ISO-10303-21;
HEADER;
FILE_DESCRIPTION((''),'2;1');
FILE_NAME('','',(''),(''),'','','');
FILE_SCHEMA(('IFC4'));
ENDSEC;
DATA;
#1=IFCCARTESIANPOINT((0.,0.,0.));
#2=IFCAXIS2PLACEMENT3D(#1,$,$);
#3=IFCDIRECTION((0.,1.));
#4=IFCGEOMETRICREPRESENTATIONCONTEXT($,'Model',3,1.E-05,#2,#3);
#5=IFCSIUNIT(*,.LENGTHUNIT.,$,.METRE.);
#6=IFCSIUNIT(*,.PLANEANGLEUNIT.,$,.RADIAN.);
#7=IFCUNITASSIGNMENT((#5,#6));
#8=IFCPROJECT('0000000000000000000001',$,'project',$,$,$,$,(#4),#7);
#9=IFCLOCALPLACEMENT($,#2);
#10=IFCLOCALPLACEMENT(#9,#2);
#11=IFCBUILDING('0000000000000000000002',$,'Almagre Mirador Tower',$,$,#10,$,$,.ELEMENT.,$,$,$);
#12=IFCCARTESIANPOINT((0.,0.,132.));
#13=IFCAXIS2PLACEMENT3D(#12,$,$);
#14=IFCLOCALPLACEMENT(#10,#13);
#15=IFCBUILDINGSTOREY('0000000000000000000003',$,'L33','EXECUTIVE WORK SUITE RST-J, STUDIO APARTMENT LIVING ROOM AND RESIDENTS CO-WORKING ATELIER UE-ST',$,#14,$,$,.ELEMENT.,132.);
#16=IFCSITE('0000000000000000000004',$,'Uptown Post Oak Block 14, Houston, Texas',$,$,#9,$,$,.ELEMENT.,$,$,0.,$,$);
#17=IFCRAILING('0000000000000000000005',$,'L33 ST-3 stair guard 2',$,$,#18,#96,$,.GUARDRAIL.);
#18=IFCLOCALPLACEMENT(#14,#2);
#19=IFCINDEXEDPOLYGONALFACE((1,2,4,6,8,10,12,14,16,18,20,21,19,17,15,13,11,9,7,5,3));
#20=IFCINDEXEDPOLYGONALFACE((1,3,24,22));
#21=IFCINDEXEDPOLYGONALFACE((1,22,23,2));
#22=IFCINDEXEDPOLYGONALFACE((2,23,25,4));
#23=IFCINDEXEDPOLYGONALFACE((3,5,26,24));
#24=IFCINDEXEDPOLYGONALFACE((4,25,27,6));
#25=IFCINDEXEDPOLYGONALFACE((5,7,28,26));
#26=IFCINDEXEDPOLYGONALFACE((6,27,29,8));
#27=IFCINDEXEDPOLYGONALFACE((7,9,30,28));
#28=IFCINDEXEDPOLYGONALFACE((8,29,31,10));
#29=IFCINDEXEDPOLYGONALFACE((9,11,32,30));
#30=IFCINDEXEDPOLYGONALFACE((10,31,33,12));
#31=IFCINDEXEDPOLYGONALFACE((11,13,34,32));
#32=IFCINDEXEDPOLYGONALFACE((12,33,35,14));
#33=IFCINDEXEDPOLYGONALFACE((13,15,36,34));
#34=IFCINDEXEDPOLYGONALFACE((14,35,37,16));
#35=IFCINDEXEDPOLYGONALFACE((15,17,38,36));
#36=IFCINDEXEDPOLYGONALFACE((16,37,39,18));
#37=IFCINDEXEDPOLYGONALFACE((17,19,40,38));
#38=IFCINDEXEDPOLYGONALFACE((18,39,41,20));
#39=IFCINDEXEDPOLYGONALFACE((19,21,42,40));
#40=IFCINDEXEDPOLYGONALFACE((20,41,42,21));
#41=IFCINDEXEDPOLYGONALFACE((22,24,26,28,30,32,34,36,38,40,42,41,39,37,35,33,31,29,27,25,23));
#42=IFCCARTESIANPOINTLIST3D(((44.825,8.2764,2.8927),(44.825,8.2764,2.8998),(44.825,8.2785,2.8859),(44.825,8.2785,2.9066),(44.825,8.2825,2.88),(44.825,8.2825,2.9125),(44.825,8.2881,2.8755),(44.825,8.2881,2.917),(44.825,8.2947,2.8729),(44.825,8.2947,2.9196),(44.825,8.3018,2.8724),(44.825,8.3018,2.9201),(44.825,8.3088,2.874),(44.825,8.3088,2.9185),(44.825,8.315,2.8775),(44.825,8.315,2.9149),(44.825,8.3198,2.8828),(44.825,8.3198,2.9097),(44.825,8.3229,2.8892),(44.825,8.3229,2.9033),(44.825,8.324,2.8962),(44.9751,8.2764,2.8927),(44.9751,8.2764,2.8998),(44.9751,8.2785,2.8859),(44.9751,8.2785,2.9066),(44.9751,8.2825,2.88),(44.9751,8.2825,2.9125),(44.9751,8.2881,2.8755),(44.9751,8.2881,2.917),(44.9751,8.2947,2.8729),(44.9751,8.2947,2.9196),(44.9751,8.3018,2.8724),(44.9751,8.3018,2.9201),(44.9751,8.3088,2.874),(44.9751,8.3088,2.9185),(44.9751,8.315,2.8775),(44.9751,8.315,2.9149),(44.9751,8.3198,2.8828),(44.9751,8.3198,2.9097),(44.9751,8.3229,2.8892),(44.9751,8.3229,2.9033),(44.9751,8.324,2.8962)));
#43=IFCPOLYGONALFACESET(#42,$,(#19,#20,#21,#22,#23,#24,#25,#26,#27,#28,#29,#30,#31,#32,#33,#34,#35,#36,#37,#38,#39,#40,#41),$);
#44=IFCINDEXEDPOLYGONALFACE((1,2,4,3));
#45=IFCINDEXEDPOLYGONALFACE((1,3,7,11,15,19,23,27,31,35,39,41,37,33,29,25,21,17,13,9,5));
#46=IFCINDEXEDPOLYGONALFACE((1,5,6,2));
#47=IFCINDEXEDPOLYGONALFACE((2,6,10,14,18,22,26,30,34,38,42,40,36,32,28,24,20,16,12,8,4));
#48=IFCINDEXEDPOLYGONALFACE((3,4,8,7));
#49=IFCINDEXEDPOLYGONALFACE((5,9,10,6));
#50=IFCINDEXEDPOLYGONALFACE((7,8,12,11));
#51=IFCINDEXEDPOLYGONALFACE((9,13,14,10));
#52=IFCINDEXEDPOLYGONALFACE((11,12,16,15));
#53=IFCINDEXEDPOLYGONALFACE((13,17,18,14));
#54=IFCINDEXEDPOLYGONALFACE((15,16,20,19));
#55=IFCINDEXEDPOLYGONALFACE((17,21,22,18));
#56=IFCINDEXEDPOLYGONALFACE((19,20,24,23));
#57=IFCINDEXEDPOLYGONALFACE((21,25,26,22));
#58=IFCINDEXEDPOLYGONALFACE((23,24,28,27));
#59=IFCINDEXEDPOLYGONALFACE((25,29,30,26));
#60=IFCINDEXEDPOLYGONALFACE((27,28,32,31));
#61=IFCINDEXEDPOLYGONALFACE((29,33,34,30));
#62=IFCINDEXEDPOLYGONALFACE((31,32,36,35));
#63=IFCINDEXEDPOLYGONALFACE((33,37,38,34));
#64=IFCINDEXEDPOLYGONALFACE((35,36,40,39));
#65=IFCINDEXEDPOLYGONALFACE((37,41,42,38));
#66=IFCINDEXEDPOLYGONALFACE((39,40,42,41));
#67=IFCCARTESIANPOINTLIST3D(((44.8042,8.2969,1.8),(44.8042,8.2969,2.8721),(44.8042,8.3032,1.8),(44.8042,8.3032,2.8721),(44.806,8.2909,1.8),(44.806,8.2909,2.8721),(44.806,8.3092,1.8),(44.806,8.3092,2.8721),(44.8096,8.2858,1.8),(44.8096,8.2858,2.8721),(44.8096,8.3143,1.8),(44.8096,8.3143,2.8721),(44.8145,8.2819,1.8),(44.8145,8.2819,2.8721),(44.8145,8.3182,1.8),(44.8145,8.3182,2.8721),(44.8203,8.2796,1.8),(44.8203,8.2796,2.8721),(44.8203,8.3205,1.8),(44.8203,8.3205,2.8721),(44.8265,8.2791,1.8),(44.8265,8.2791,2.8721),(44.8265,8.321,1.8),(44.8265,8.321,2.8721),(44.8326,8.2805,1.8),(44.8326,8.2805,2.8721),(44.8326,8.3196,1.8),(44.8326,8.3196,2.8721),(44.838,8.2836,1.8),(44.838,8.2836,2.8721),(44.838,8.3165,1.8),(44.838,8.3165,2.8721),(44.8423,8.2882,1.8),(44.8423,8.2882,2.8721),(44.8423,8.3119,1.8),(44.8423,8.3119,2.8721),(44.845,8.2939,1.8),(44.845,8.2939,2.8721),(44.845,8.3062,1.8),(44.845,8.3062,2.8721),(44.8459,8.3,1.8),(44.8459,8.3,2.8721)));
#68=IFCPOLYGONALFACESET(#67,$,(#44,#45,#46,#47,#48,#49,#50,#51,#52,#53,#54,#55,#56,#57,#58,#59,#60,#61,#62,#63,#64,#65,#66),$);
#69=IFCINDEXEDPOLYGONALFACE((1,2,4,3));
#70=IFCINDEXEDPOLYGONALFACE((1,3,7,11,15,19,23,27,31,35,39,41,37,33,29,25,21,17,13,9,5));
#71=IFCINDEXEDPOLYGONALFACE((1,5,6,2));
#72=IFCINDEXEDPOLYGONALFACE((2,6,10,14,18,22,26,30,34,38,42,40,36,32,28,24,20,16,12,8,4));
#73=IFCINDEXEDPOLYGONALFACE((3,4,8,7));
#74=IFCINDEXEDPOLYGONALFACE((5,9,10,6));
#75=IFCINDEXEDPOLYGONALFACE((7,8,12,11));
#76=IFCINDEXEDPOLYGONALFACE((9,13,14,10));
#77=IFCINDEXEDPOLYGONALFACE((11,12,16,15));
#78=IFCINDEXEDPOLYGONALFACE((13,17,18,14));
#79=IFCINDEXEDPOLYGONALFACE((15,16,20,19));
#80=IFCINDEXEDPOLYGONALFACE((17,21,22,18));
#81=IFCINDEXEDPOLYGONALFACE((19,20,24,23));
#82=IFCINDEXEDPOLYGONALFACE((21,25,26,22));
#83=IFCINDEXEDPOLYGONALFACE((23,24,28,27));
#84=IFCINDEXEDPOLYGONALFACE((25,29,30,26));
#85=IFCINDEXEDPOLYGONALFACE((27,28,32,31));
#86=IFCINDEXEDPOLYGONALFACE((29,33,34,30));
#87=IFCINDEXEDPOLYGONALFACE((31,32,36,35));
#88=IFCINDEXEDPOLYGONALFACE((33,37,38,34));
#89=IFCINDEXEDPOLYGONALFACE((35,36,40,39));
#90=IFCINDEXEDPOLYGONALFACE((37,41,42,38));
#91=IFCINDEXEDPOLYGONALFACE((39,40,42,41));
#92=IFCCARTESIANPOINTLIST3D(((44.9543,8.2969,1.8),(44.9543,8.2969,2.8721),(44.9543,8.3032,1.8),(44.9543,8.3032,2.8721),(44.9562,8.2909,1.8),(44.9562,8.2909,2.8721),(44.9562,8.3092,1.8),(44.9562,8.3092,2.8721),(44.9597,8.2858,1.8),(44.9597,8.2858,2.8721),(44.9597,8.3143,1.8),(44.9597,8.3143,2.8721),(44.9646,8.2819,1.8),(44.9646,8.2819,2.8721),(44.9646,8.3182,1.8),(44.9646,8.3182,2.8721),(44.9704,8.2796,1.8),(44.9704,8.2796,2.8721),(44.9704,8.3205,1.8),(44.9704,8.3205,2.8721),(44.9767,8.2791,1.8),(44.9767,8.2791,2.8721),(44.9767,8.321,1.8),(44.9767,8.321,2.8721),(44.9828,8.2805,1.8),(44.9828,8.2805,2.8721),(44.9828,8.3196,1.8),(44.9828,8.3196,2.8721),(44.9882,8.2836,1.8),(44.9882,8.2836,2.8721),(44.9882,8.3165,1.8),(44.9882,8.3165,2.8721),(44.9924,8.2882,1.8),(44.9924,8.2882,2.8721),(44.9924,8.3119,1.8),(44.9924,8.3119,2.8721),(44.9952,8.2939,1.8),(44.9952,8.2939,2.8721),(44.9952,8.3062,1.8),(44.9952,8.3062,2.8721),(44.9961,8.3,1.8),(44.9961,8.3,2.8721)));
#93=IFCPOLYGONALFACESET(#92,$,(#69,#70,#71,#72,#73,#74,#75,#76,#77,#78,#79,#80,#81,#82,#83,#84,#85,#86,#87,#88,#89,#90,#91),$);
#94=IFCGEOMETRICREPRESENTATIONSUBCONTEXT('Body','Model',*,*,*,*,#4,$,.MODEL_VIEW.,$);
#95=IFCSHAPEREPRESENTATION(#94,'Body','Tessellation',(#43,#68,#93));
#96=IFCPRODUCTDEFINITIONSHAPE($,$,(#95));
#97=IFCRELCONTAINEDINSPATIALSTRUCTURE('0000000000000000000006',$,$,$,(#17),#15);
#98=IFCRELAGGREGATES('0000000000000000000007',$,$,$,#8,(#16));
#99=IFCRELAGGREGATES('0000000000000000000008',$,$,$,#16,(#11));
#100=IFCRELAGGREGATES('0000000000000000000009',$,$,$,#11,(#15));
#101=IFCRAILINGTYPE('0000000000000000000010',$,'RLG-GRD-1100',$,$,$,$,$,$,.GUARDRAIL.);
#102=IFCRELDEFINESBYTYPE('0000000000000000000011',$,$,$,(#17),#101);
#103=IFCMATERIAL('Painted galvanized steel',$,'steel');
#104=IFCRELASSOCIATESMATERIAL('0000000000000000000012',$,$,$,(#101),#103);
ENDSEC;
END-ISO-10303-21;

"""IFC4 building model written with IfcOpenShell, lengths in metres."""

from ifc_helpers import new_model, si_unit, direction, frame, origin, origin_2d, place, context, subcontext, project, spatial, circle, extrude, material, type_object, element, save


model = new_model("IFC4")

# Units and contexts
model_context = context("Model", 3, precision=1e-05, world=origin(), true_north=direction((0.0, 1.0)))
body_context = subcontext(model_context, "Body", "Model", "MODEL_VIEW")
ifc_project = project(units=[si_unit("LENGTHUNIT", "METRE"), si_unit("PLANEANGLEUNIT", "RADIAN")], contexts=[model_context])

# Site, building, storey
site_placement = place(None, origin())
site = spatial("IfcSite", under=ifc_project, at=site_placement, Name="Uptown Post Oak Block 14, Houston, Texas", CompositionType="ELEMENT", RefElevation=0.0)
building_placement = place(site_placement, origin())
building = spatial("IfcBuilding", under=site, at=building_placement, Name="Almagre Mirador Tower", CompositionType="ELEMENT")
storey_placement = place(building_placement, frame((0.0, 0.0, 132.0)))
storey = spatial("IfcBuildingStorey", under=building, at=storey_placement, Name="L33", Description="EXECUTIVE WORK SUITE RST-J, STUDIO APARTMENT LIVING ROOM AND RESIDENTS CO-WORKING ATELIER UE-ST", CompositionType="ELEMENT", Elevation=132.0)

# Railing
ifc_material_1 = material(Name="Painted galvanized steel", Category="steel")
railing_type_1 = type_object("IfcRailingType", Name="RLG-GRD-1100", PredefinedType="GUARDRAIL", material=ifc_material_1)
railing_1_placement = place(storey_placement, frame((44.825, 8.3, 1.8)))
element("IfcRailing", 1, at=railing_1_placement, inside=storey, type_object=railing_type_1, Name="L33 ST-3 stair guard 2", PredefinedType="GUARDRAIL", context=body_context, shape_type="SweptSolid", body=[
    extrude(circle(Radius=0.0239, at=origin_2d()), frame((0.0, 0.0, 1.0962), z_axis=(1.0, 0.0, 0.0), x_axis=(0.0, 1.0, 0.0)), (0.0, 0.0, 1.0), 0.1501),
    extrude(circle(Radius=0.021, at=origin_2d()), origin(), (0.0, 0.0, 1.0), 1.072),
    extrude(circle(Radius=0.021, at=origin_2d()), frame((0.1501, 0.0, 0.0)), (0.0, 0.0, 1.0), 1.072),
])

save(model, "model.ifc")
